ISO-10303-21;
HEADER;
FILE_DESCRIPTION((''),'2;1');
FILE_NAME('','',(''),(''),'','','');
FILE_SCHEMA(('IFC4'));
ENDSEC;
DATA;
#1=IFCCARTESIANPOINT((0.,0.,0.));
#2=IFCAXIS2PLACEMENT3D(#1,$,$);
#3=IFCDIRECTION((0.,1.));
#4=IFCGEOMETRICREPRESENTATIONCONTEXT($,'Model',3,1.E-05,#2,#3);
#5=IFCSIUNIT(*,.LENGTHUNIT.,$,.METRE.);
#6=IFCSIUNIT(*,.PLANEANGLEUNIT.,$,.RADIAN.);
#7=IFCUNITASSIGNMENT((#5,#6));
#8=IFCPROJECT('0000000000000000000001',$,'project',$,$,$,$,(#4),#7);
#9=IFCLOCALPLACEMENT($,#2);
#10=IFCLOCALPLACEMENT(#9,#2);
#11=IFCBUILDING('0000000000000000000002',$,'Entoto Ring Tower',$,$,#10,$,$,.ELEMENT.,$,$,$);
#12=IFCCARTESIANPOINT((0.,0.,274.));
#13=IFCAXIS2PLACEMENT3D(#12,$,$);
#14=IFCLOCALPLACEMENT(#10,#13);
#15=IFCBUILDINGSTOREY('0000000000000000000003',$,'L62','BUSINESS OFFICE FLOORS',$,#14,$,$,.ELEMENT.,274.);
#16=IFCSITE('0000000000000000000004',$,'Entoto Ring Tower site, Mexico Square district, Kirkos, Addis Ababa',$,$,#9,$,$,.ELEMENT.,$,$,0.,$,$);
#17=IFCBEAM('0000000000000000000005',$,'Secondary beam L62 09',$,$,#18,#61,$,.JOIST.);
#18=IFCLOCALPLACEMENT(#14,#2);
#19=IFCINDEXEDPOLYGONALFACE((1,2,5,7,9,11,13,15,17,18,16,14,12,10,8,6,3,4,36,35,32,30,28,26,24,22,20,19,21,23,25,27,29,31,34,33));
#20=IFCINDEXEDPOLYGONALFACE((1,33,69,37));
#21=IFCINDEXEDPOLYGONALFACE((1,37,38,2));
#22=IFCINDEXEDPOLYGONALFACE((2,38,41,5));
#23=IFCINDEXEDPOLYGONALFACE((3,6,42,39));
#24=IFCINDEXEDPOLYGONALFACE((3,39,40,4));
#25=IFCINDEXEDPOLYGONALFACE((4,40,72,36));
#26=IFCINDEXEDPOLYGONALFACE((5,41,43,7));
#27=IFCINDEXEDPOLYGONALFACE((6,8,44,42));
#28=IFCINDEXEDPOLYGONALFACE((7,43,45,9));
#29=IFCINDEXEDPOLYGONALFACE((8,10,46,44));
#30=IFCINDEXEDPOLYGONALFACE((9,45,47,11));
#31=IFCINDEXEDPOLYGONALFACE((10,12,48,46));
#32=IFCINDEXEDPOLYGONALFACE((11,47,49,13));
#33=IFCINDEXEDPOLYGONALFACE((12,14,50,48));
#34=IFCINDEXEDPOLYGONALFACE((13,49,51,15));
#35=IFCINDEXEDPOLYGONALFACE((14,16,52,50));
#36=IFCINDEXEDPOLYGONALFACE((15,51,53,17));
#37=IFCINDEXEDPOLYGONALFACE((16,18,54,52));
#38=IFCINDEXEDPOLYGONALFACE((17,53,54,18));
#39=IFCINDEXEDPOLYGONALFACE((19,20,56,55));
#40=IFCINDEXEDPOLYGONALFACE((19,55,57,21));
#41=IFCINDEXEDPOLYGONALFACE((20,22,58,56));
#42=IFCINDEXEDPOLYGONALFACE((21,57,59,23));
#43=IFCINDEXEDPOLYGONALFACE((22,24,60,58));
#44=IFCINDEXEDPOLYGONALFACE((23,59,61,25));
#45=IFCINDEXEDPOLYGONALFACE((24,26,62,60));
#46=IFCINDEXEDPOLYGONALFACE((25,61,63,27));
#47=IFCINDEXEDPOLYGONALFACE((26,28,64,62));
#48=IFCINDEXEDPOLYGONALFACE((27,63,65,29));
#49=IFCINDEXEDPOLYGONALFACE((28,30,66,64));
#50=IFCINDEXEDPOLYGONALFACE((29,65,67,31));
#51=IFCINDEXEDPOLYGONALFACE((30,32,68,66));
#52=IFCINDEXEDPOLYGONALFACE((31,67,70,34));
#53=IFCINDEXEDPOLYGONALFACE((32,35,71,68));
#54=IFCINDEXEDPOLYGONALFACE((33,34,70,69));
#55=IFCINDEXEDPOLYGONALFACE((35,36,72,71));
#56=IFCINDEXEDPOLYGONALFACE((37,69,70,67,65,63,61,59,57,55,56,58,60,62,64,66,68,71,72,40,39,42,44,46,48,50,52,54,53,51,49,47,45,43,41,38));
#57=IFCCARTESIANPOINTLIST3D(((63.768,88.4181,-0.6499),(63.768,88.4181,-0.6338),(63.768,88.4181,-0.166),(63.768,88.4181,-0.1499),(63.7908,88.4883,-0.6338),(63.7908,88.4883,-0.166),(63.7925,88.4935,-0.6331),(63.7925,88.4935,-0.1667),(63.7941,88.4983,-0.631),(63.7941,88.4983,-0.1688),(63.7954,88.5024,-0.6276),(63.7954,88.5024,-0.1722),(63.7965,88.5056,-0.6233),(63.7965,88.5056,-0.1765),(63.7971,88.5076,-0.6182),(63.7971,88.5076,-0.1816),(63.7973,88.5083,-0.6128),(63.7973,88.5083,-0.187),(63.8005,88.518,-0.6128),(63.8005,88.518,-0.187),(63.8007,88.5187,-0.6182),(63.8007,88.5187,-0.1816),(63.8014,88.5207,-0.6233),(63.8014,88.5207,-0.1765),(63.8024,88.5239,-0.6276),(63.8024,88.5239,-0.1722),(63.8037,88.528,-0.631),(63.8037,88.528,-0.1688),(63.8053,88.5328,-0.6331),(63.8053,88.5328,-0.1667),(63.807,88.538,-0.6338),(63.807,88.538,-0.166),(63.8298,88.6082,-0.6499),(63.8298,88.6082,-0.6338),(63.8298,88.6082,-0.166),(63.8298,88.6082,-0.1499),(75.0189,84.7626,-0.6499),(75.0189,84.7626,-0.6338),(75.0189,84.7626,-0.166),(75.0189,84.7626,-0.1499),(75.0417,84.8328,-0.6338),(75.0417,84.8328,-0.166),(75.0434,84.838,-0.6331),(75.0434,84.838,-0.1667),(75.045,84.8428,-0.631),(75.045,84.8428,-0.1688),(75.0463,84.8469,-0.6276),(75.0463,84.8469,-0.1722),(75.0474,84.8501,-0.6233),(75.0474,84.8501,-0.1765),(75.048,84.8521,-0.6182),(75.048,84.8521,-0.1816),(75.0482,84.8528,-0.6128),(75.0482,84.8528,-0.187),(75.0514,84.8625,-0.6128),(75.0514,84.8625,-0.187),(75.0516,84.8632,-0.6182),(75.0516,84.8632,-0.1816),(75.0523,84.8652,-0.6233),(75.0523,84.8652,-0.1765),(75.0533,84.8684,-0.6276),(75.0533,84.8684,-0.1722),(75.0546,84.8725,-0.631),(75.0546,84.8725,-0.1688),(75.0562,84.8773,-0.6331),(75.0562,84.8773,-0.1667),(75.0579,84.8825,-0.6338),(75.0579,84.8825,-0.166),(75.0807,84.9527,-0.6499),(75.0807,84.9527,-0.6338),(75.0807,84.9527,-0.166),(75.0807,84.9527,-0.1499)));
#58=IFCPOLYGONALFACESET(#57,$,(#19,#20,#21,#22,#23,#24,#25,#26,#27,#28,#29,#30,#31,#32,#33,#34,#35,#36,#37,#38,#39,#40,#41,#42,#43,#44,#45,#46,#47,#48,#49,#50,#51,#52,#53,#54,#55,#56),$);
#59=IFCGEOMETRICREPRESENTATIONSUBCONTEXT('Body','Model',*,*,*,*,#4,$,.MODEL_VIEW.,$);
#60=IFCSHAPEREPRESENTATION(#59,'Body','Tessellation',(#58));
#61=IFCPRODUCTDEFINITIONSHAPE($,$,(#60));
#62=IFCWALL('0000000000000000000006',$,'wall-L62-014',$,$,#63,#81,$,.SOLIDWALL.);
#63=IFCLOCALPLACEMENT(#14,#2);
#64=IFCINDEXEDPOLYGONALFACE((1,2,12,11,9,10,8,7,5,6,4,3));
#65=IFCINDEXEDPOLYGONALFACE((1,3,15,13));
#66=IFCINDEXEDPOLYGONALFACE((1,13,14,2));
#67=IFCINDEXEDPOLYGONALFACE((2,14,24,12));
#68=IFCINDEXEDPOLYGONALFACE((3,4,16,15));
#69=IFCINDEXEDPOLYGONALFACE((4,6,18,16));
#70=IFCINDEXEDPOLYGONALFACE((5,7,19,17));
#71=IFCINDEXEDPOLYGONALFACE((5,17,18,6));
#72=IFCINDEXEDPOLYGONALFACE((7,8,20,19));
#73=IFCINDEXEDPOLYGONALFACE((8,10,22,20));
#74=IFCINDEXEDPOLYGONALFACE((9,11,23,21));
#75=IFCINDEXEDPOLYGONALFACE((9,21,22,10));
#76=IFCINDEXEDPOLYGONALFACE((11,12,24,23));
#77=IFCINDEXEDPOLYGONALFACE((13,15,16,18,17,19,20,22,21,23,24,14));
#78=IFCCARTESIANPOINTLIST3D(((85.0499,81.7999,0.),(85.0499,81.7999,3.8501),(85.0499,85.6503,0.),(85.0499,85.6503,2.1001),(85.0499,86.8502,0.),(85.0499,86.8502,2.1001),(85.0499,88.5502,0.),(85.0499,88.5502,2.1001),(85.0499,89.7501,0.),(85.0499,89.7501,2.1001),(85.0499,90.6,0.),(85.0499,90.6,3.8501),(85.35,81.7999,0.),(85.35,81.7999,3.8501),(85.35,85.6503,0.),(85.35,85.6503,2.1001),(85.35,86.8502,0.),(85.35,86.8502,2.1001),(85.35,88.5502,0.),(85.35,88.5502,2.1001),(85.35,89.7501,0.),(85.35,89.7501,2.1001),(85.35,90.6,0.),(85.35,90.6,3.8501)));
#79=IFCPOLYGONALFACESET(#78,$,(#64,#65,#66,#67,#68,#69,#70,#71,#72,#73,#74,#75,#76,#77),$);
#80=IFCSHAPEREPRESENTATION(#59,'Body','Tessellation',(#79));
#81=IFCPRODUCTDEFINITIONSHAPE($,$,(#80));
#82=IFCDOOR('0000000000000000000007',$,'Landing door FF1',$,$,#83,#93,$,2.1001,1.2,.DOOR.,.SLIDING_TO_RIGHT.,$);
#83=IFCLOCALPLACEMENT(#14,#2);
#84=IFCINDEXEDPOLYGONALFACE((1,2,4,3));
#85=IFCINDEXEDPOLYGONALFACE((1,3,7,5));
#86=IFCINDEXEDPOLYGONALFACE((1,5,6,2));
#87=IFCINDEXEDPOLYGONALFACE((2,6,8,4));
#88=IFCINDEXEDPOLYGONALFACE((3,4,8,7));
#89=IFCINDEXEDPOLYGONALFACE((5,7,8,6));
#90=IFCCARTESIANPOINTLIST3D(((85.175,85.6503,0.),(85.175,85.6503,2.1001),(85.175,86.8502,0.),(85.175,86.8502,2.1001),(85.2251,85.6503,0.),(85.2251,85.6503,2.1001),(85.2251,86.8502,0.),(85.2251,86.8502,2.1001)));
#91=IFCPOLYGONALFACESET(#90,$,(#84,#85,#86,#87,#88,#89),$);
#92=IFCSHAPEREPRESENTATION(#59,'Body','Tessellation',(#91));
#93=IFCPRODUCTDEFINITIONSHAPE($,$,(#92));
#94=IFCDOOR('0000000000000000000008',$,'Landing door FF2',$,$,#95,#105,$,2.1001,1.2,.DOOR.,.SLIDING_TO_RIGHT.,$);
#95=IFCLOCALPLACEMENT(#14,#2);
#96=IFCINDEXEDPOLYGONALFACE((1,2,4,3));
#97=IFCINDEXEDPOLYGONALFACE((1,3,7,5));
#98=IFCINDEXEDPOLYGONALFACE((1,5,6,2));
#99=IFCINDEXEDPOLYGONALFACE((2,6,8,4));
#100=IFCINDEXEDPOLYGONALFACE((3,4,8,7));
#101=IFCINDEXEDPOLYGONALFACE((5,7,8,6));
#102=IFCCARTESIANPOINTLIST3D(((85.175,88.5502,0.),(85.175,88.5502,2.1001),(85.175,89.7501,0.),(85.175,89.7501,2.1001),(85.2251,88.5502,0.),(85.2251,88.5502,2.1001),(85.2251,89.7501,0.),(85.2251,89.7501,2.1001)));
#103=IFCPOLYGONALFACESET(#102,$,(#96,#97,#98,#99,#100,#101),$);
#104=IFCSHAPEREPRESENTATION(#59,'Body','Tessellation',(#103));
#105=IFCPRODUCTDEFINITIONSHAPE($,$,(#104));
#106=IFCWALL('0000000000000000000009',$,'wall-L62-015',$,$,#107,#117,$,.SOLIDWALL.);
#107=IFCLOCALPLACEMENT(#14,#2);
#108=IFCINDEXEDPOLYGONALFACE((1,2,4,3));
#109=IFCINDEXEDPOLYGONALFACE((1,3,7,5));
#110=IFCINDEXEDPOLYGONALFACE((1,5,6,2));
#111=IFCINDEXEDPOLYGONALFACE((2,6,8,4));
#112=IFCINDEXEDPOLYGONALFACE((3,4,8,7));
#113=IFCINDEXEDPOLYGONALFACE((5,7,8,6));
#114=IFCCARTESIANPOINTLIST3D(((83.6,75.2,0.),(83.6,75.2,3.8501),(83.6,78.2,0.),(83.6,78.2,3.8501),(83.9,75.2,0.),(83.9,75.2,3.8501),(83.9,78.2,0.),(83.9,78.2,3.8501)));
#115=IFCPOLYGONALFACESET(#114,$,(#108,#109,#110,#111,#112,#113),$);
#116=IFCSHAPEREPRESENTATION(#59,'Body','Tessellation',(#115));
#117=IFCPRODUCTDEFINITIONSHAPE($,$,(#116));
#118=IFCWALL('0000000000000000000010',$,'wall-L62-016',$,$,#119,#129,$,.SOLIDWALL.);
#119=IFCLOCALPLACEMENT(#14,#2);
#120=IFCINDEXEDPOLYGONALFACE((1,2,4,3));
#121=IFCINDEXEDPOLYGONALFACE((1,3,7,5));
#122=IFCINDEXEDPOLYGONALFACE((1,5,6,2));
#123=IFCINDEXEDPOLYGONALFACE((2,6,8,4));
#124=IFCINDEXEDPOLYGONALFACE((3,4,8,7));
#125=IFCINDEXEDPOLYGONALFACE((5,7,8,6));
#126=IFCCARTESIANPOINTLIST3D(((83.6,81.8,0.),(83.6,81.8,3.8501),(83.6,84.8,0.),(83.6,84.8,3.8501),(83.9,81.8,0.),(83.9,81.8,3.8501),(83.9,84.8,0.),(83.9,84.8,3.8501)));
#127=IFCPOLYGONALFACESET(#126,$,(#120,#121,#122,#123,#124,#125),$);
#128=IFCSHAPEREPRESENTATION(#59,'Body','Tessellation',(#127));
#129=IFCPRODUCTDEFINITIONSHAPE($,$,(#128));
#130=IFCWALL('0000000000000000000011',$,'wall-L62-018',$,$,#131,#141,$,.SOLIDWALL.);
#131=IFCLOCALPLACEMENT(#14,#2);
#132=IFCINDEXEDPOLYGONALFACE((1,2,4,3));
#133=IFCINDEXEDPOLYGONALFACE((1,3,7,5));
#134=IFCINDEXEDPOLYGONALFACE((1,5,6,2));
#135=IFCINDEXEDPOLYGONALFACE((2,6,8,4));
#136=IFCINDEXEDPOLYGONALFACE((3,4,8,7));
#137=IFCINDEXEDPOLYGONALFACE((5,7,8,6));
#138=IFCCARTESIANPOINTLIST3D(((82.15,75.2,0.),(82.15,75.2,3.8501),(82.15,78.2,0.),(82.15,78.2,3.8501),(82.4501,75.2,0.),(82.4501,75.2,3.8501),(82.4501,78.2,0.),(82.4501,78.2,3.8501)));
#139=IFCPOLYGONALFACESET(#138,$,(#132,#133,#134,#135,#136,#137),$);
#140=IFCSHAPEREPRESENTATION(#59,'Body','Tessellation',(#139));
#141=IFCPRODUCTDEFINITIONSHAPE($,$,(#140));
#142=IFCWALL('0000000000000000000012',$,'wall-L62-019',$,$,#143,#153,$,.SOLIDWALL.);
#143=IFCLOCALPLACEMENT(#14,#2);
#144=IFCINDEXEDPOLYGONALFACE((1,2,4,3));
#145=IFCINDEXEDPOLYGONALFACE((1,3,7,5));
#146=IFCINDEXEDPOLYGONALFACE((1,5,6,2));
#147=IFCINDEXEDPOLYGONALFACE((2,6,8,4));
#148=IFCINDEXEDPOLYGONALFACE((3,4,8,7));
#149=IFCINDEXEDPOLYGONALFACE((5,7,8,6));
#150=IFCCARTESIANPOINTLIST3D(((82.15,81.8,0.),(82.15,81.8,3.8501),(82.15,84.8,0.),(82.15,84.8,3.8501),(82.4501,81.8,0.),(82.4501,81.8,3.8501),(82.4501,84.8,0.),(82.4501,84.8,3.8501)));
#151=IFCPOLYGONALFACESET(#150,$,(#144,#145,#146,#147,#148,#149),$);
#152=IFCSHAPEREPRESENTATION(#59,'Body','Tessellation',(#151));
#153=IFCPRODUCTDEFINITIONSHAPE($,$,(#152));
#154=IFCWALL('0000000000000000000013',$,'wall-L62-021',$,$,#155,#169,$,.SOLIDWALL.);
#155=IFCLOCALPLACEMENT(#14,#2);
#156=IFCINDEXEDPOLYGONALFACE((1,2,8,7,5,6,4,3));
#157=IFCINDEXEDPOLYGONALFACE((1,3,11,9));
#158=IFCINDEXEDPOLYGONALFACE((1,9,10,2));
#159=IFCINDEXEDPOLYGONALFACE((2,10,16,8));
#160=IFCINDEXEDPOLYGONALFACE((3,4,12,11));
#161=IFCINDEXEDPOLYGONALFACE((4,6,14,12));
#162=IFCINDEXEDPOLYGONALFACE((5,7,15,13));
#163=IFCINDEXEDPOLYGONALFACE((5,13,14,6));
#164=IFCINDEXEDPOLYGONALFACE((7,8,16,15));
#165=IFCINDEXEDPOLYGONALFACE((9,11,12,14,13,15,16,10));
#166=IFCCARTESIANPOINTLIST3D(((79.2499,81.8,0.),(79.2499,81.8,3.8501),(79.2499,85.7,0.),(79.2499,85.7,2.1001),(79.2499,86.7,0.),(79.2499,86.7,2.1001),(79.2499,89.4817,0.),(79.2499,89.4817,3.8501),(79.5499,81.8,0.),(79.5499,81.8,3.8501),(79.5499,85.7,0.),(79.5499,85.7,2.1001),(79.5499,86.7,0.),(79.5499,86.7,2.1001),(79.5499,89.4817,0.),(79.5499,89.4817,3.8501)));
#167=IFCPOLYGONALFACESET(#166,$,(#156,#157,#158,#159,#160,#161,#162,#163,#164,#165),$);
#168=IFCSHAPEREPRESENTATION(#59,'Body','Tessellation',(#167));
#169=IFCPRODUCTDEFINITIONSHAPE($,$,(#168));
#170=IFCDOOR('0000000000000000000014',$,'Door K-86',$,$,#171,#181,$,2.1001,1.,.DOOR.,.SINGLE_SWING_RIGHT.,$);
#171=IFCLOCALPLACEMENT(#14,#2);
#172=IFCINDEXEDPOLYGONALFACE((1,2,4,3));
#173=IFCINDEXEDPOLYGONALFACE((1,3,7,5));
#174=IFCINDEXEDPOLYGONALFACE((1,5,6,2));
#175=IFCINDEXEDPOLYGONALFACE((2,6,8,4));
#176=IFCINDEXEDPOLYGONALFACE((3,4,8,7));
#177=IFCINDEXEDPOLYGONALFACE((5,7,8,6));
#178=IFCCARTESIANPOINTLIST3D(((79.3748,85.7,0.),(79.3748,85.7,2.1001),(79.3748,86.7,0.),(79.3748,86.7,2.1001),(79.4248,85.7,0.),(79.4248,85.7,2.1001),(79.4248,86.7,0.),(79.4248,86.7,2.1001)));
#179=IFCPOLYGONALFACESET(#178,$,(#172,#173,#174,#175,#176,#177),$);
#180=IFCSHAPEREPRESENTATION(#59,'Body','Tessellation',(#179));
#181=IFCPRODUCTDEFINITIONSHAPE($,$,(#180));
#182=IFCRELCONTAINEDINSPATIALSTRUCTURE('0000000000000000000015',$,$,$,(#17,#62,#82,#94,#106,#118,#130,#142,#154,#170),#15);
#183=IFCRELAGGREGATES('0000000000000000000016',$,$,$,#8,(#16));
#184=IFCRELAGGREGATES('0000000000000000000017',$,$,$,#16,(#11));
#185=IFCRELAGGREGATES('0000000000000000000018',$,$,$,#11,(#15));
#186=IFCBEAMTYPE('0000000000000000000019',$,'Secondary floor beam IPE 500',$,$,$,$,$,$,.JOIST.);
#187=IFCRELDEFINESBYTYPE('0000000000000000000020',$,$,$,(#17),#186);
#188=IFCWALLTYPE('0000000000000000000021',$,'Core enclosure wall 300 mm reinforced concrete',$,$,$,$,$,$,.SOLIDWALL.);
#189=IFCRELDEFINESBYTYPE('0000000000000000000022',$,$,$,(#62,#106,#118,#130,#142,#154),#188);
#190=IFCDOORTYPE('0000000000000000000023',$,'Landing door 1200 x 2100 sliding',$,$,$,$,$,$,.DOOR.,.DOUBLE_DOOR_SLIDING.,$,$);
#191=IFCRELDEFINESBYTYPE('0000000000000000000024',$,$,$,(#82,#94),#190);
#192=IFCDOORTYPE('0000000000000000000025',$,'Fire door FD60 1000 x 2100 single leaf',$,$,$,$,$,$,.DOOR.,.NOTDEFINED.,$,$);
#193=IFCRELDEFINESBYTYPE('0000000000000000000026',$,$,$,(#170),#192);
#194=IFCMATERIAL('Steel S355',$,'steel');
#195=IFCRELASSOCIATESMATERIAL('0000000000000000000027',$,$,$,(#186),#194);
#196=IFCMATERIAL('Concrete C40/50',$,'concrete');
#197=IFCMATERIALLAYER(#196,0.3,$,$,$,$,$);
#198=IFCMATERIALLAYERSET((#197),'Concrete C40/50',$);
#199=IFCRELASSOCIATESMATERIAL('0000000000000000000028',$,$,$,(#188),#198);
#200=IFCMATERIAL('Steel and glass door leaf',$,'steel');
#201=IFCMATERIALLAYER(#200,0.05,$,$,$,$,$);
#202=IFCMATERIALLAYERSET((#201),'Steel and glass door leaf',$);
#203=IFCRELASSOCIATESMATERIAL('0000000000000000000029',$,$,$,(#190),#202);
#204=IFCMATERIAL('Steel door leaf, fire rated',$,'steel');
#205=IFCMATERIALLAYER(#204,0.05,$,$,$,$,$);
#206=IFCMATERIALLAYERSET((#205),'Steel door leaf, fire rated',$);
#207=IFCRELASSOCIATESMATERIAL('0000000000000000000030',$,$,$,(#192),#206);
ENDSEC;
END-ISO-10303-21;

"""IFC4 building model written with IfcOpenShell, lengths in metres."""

from ifc_helpers import new_model, si_unit, direction, frame, frame_2d, origin, origin_2d, place, context, subcontext, project, spatial, rectangle, i_section, extrude, material, layer, layer_set, material_profile, profile_set, type_object, element, fill, save


model = new_model("IFC4")

# Units and contexts
model_context = context("Model", 3, precision=1e-05, world=origin(), true_north=direction((0.0, 1.0)))
body_context = subcontext(model_context, "Body", "Model", "MODEL_VIEW")
ifc_project = project(units=[si_unit("LENGTHUNIT", "METRE"), si_unit("PLANEANGLEUNIT", "RADIAN")], contexts=[model_context])

# Site, building, storey
site_placement = place(None, origin())
site = spatial("IfcSite", under=ifc_project, at=site_placement, Name="Entoto Ring Tower site, Mexico Square district, Kirkos, Addis Ababa", CompositionType="ELEMENT", RefElevation=0.0)
building_placement = place(site_placement, origin())
building = spatial("IfcBuilding", under=site, at=building_placement, Name="Entoto Ring Tower", CompositionType="ELEMENT")
storey_placement = place(building_placement, frame((0.0, 0.0, 274.0)))
storey = spatial("IfcBuildingStorey", under=building, at=storey_placement, Name="L62", Description="BUSINESS OFFICE FLOORS", CompositionType="ELEMENT", Elevation=274.0)

# Beam
ifc_material_1 = material(Name="Steel S355", Category="steel")
ifc_material_profile = material_profile(ifc_material_1, i_section(OverallWidth=0.2, OverallDepth=0.5, WebThickness=0.0103, FlangeThickness=0.0161, FilletRadius=0.021, at=origin_2d()), Name="IPE 500")
ifc_profile_set = profile_set([ifc_material_profile], Name="Steel S355")
beam_type = type_object("IfcBeamType", Name="Secondary floor beam IPE 500", PredefinedType="JOIST", material=ifc_profile_set)
beam_placement = place(storey_placement, frame((75.0498, 84.8577, -0.3999), z_axis=(-0.95106, 0.309006, 0.0), x_axis=(-0.309006, -0.95106, 0.0)))
element("IfcBeam", 1, at=beam_placement, inside=storey, type_object=beam_type, Name="Secondary beam L62 09", PredefinedType="JOIST", context=body_context, shape_type="SweptSolid", body=[
    extrude(i_section(OverallWidth=0.2, OverallDepth=0.5, WebThickness=0.0103, FlangeThickness=0.0161, FilletRadius=0.021, at=origin_2d()), origin(), (0.0, 0.0, 1.0), 11.8298),
])

# Wall, openings, doors
ifc_material_2 = material(Name="Concrete C40/50", Category="concrete")
ifc_layer_1 = layer(ifc_material_2, 0.3)
ifc_layer_set_1 = layer_set([ifc_layer_1], Name="Concrete C40/50")
wall_type_1 = type_object("IfcWallType", Name="Core enclosure wall 300 mm reinforced concrete", PredefinedType="SOLIDWALL", material=ifc_layer_set_1)
wall_1_placement = place(storey_placement, frame((85.2, 81.8, 0.0), z_axis=(0.0, 0.0, 1.0), x_axis=(0.0, 1.0, 0.0)))
wall_1 = element("IfcWall", 2, at=wall_1_placement, inside=storey, type_object=wall_type_1, Name="wall-L62-014", PredefinedType="SOLIDWALL", context=body_context, shape_type="SweptSolid", body=[
    extrude(rectangle(XDim=8.8, YDim=0.3, at=frame_2d((4.3999, 0.0))), origin(), (0.0, 0.0, 1.0), 3.8501),
])
opening_1_placement = place(wall_1_placement, frame((3.8501, 0.0, 0.0)))
opening_1 = element("IfcOpeningElement", 3, at=opening_1_placement, cuts=wall_1, PredefinedType="OPENING", context=body_context, shape_type="SweptSolid", body=[
    extrude(rectangle(XDim=1.2, YDim=2.1001, at=frame_2d((0.6001, 1.05))), frame((0.0, 0.1602, 0.0), z_axis=(0.0, -1.0, 0.0), x_axis=(1.0, 0.0, 0.0)), (0.0, 0.0, 1.0), 0.3201),
])
opening_2_placement = place(wall_1_placement, frame((6.75, 0.0, 0.0)))
opening_2 = element("IfcOpeningElement", 4, at=opening_2_placement, cuts=wall_1, PredefinedType="OPENING", context=body_context, shape_type="SweptSolid", body=[
    extrude(rectangle(XDim=1.2, YDim=2.1001, at=frame_2d((0.6001, 1.05))), frame((0.0, 0.1602, 0.0), z_axis=(0.0, -1.0, 0.0), x_axis=(1.0, 0.0, 0.0)), (0.0, 0.0, 1.0), 0.3201),
])
ifc_material_3 = material(Name="Steel and glass door leaf", Category="steel")
ifc_layer_2 = layer(ifc_material_3, 0.05)
ifc_layer_set_2 = layer_set([ifc_layer_2], Name="Steel and glass door leaf")
door_type_1 = type_object("IfcDoorType", Name="Landing door 1200 x 2100 sliding", OperationType="DOUBLE_DOOR_SLIDING", PredefinedType="DOOR", material=ifc_layer_set_2)
door_1_placement = place(opening_1_placement, origin())
door_1 = element("IfcDoor", 5, at=door_1_placement, inside=storey, type_object=door_type_1, Name="Landing door FF1", OperationType="SLIDING_TO_RIGHT", OverallHeight=2.1001, OverallWidth=1.2, PredefinedType="DOOR", context=body_context, shape_type="SweptSolid", body=[
    extrude(rectangle(XDim=1.2, YDim=2.1001, at=frame_2d((0.6001, 1.05))), frame((0.0, 0.0249, 0.0), z_axis=(0.0, -1.0, 0.0), x_axis=(1.0, 0.0, 0.0)), (0.0, 0.0, 1.0), 0.05),
])
fill(opening_1, door_1)
door_2_placement = place(opening_2_placement, origin())
door_2 = element("IfcDoor", 6, at=door_2_placement, inside=storey, type_object=door_type_1, Name="Landing door FF2", OperationType="SLIDING_TO_RIGHT", OverallHeight=2.1001, OverallWidth=1.2, PredefinedType="DOOR", context=body_context, shape_type="SweptSolid", body=[
    extrude(rectangle(XDim=1.2, YDim=2.1001, at=frame_2d((0.6001, 1.05))), frame((0.0, 0.0249, 0.0), z_axis=(0.0, -1.0, 0.0), x_axis=(1.0, 0.0, 0.0)), (0.0, 0.0, 1.0), 0.05),
])
fill(opening_2, door_2)

# Walls
for number, where, z_axis, x_axis, name in (
    (7, (83.75, 75.2, 0.0), (0.0, 0.0, 1.0), (0.0, 1.0, 0.0), "wall-L62-015"),
    (8, (83.75, 81.8, 0.0), (0.0, 0.0, 1.0), (0.0, 1.0, 0.0), "wall-L62-016"),
    (9, (82.3, 75.2, 0.0), (0.0, 0.0, 1.0), (0.0, 1.0, 0.0), "wall-L62-018"),
    (10, (82.3, 81.8, 0.0), (0.0, 0.0, 1.0), (0.0, 1.0, 0.0), "wall-L62-019"),
):
    element("IfcWall", number, at=place(storey_placement, frame(where, z_axis=z_axis, x_axis=x_axis)), inside=storey, type_object=wall_type_1, Name=name, PredefinedType="SOLIDWALL", context=body_context, shape_type="SweptSolid", body=[
        extrude(rectangle(XDim=3.0, YDim=0.3, at=frame_2d((1.5, 0.0))), origin(), (0.0, 0.0, 1.0), 3.8501),
    ])

# Wall, opening, door
wall_2_placement = place(storey_placement, frame((79.3999, 81.8, 0.0), z_axis=(0.0, 0.0, 1.0), x_axis=(0.0, 1.0, 0.0)))
wall_2 = element("IfcWall", 11, at=wall_2_placement, inside=storey, type_object=wall_type_1, Name="wall-L62-021", PredefinedType="SOLIDWALL", context=body_context, shape_type="SweptSolid", body=[
    extrude(rectangle(XDim=7.6816, YDim=0.3, at=frame_2d((3.8408, 0.0))), origin(), (0.0, 0.0, 1.0), 3.8501),
])
opening_3_placement = place(wall_2_placement, frame((3.8999, 0.0, 0.0)))
opening_3 = element("IfcOpeningElement", 12, at=opening_3_placement, cuts=wall_2, PredefinedType="OPENING", context=body_context, shape_type="SweptSolid", body=[
    extrude(rectangle(XDim=1.0, YDim=2.1001, at=frame_2d((0.5, 1.05))), frame((0.0, 0.1602, 0.0), z_axis=(0.0, -1.0, 0.0), x_axis=(1.0, 0.0, 0.0)), (0.0, 0.0, 1.0), 0.3201),
])
ifc_material_4 = material(Name="Steel door leaf, fire rated", Category="steel")
ifc_layer_3 = layer(ifc_material_4, 0.05)
ifc_layer_set_3 = layer_set([ifc_layer_3], Name="Steel door leaf, fire rated")
door_type_2 = type_object("IfcDoorType", Name="Fire door FD60 1000 x 2100 single leaf", OperationType="NOTDEFINED", PredefinedType="DOOR", material=ifc_layer_set_3)
door_3_placement = place(opening_3_placement, frame((1.0, 0.0, 0.0), z_axis=(0.0, 0.0, 1.0), x_axis=(-1.0, 0.0, 0.0)))
door_3 = element("IfcDoor", 13, at=door_3_placement, inside=storey, type_object=door_type_2, Name="Door K-86", OperationType="SINGLE_SWING_RIGHT", OverallHeight=2.1001, OverallWidth=1.0, PredefinedType="DOOR", context=body_context, shape_type="SweptSolid", body=[
    extrude(rectangle(XDim=1.0, YDim=2.1001, at=frame_2d((0.5, 1.05))), frame((0.0, 0.0249, 0.0), z_axis=(0.0, -1.0, 0.0), x_axis=(1.0, 0.0, 0.0)), (0.0, 0.0, 1.0), 0.05),
])
fill(opening_3, door_3)

save(model, "model.ifc")
